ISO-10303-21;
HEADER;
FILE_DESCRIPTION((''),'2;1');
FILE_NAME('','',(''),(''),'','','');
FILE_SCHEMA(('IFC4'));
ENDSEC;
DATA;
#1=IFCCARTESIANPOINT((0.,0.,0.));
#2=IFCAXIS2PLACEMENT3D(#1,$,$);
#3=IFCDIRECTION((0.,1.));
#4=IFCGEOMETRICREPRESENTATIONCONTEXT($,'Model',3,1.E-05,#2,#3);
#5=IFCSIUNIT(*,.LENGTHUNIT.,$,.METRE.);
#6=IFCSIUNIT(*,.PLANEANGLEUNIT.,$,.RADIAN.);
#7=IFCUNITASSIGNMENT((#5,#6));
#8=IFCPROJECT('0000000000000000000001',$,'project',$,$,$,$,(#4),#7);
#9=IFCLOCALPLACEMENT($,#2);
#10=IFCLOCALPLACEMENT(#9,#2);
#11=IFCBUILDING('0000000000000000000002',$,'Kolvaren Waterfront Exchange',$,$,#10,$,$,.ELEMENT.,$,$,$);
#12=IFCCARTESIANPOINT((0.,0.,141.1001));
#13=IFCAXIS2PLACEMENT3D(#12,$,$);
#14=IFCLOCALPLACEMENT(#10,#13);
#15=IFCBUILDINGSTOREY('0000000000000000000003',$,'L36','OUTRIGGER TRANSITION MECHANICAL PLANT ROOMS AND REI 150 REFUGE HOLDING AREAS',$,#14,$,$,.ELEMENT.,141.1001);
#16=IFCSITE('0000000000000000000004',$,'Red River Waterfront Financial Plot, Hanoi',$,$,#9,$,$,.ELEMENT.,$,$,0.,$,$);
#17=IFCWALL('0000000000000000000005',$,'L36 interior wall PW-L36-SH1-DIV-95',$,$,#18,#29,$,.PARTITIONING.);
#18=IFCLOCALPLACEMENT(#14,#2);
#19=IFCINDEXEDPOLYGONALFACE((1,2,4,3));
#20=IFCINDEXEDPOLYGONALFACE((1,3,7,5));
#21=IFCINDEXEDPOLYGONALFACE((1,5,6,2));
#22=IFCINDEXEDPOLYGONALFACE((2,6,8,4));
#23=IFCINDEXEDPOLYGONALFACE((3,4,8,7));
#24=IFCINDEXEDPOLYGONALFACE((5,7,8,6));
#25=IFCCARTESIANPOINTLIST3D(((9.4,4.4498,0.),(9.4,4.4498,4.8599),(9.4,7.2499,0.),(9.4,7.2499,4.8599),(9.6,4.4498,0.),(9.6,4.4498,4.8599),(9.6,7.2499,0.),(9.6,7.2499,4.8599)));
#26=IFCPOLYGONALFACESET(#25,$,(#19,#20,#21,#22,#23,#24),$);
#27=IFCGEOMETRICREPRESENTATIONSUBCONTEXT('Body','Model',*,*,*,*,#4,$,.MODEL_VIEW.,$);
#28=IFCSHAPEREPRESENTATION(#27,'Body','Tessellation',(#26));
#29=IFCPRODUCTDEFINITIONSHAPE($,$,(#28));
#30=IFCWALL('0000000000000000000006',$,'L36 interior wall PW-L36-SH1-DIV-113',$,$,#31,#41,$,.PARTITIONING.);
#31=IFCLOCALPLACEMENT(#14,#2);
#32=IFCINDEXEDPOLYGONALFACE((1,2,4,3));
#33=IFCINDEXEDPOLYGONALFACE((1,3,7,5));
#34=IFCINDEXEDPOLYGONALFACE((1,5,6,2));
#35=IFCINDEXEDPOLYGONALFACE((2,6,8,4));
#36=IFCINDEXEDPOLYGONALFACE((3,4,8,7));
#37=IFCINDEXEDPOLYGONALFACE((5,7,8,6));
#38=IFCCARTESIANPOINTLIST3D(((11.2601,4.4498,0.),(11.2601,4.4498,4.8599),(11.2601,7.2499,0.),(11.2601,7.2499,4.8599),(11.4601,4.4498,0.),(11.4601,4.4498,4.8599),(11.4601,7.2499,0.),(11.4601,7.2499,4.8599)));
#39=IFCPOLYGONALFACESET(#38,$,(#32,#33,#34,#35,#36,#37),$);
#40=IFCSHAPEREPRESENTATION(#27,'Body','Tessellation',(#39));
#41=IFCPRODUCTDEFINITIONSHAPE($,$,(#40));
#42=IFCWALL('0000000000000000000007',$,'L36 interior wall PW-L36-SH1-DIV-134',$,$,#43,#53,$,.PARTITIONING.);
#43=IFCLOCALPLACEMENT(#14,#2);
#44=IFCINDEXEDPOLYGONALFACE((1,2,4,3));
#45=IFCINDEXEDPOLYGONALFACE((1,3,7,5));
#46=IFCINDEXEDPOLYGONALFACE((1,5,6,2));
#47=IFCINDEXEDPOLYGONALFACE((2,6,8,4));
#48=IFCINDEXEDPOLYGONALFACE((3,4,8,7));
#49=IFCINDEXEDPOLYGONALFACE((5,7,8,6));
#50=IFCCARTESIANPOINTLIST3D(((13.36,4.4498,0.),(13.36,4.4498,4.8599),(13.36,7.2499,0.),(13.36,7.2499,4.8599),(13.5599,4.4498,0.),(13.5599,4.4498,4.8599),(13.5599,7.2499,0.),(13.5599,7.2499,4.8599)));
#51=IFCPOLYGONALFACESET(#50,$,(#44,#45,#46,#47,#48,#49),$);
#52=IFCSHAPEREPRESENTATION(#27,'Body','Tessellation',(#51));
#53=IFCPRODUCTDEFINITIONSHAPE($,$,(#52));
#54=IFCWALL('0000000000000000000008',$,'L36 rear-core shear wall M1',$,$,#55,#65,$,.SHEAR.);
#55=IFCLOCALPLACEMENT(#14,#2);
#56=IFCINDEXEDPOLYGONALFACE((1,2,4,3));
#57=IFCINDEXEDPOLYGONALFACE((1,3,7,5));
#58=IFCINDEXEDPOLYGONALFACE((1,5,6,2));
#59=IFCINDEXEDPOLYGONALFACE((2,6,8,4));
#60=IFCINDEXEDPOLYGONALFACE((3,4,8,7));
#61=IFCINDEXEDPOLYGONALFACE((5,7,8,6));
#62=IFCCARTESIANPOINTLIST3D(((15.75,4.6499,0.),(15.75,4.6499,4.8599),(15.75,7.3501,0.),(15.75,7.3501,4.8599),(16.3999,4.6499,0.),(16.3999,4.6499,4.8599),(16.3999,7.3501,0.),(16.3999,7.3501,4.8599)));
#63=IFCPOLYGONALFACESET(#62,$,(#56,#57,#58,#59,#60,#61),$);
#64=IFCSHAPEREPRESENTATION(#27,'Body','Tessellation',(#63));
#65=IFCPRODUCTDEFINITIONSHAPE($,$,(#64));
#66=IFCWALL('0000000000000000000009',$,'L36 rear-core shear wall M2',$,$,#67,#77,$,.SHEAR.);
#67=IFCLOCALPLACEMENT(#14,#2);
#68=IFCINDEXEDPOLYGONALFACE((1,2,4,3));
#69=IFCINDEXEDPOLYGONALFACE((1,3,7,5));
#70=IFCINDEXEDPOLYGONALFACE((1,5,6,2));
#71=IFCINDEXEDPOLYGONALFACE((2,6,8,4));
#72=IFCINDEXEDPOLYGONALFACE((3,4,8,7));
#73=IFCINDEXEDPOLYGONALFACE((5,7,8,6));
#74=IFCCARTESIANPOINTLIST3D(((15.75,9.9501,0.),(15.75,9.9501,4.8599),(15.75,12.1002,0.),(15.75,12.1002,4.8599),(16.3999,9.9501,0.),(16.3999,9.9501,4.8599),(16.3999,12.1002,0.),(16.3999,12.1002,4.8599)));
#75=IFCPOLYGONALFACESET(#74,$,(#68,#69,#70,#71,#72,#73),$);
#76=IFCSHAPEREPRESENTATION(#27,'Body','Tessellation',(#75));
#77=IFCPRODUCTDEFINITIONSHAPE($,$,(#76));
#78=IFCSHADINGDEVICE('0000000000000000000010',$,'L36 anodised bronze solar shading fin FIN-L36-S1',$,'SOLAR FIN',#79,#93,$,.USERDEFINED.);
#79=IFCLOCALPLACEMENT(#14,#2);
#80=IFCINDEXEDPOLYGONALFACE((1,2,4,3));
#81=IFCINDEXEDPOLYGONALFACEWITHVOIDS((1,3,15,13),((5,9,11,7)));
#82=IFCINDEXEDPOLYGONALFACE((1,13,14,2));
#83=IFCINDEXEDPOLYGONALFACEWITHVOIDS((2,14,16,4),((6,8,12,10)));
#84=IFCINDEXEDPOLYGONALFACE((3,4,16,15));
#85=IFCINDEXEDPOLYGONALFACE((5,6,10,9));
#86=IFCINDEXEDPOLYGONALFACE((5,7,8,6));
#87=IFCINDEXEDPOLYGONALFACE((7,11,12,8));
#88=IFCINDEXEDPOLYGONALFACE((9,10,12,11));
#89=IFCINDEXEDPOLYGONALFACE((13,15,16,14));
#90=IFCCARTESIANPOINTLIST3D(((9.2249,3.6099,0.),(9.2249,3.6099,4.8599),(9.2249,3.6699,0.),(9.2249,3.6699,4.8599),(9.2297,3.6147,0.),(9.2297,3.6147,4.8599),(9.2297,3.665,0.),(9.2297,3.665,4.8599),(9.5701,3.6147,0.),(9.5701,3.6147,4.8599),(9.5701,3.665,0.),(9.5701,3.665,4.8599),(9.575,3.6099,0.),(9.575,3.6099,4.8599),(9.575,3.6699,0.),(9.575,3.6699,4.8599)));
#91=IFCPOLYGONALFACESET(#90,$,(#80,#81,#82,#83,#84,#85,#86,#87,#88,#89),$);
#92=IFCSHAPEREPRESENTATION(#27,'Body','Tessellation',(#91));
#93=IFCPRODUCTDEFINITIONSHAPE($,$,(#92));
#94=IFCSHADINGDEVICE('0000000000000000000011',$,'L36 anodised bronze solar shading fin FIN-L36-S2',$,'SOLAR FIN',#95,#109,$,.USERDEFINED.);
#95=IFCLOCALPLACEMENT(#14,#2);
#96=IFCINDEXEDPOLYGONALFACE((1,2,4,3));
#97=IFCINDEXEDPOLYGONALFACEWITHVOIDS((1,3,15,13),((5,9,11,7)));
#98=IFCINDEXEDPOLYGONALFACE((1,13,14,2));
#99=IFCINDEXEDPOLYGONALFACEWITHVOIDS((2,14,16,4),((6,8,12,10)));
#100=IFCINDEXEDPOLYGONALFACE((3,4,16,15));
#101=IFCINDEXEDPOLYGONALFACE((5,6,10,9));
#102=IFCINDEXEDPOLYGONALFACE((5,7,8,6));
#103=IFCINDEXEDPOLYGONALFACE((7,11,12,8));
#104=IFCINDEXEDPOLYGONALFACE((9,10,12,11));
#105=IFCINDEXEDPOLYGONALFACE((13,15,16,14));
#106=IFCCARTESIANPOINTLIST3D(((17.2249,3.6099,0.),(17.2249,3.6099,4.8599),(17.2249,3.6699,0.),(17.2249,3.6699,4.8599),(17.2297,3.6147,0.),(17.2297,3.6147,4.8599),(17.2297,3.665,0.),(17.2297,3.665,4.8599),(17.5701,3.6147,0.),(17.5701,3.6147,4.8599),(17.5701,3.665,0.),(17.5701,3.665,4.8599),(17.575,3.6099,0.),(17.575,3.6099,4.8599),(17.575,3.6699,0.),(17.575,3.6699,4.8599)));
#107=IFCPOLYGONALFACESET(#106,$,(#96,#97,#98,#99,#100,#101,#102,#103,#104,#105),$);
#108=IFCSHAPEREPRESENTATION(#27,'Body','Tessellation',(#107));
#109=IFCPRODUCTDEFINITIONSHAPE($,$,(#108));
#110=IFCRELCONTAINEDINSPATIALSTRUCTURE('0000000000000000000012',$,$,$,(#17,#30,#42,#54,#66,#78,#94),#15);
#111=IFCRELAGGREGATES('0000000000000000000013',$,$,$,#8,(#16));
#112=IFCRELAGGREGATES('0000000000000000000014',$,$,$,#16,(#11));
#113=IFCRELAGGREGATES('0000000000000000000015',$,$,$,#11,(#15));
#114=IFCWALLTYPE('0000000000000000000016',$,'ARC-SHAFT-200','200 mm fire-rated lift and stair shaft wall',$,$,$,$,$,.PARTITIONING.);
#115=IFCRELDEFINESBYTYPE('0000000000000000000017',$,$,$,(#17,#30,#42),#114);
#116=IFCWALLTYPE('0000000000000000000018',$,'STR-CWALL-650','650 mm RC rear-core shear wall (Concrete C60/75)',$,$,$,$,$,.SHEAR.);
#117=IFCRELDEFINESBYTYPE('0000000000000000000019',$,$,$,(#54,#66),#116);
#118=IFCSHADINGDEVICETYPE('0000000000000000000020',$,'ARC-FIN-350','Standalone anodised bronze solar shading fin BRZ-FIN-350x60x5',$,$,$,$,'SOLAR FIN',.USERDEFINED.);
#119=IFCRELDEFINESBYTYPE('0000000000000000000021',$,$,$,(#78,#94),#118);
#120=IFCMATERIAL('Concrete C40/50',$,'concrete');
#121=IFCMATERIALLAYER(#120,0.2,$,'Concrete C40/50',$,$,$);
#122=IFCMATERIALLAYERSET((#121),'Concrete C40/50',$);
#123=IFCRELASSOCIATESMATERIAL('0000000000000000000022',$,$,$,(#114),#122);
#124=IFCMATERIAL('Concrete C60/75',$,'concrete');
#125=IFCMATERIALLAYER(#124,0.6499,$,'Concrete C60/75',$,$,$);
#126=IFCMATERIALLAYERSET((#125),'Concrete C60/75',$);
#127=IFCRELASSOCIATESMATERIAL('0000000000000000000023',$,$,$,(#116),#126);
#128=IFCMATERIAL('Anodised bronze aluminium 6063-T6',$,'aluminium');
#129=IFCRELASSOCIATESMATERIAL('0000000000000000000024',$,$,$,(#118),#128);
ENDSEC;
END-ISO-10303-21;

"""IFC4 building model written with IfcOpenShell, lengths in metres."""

from ifc_helpers import new_model, si_unit, direction, frame, frame_2d, origin, origin_2d, place, context, subcontext, project, spatial, rectangle, hollow_rectangle, extrude, material, layer, layer_set, material_profile, profile_set, type_object, element, save


model = new_model("IFC4")

# Units and contexts
model_context = context("Model", 3, precision=1e-05, world=origin(), true_north=direction((0.0, 1.0)))
body_context = subcontext(model_context, "Body", "Model", "MODEL_VIEW")
ifc_project = project(units=[si_unit("LENGTHUNIT", "METRE"), si_unit("PLANEANGLEUNIT", "RADIAN")], contexts=[model_context])

# Site, building, storey
site_placement = place(None, origin())
site = spatial("IfcSite", under=ifc_project, at=site_placement, Name="Red River Waterfront Financial Plot, Hanoi", CompositionType="ELEMENT", RefElevation=0.0)
building_placement = place(site_placement, origin())
building = spatial("IfcBuilding", under=site, at=building_placement, Name="Kolvaren Waterfront Exchange", CompositionType="ELEMENT")
storey_placement = place(building_placement, frame((0.0, 0.0, 141.1001)))
storey = spatial("IfcBuildingStorey", under=building, at=storey_placement, Name="L36", Description="OUTRIGGER TRANSITION MECHANICAL PLANT ROOMS AND REI 150 REFUGE HOLDING AREAS", CompositionType="ELEMENT", Elevation=141.1001)

# Shared definitions
ifc_material_1 = material(Name="Concrete C60/75", Category="concrete")

# Shared definitions
ifc_material_2 = material(Name="Anodised bronze aluminium 6063-T6", Category="aluminium")

# Walls
ifc_material_3 = material(Name="Concrete C40/50", Category="concrete")
ifc_layer_1 = layer(ifc_material_3, 0.2, Name="Concrete C40/50")
ifc_layer_set_1 = layer_set([ifc_layer_1], Name="Concrete C40/50")
wall_type_1 = type_object("IfcWallType", Name="ARC-SHAFT-200", Description="200 mm fire-rated lift and stair shaft wall", PredefinedType="PARTITIONING", material=ifc_layer_set_1)
for number, where, z_axis, x_axis, name in (
    (1, (9.5, 4.45, 0.0), (0.0, 0.0, 1.0), (0.0, 1.0, 0.0), "L36 interior wall PW-L36-SH1-DIV-95"),
    (2, (11.3601, 4.45, 0.0), (0.0, 0.0, 1.0), (0.0, 1.0, 0.0), "L36 interior wall PW-L36-SH1-DIV-113"),
    (3, (13.46, 4.45, 0.0), (0.0, 0.0, 1.0), (0.0, 1.0, 0.0), "L36 interior wall PW-L36-SH1-DIV-134"),
):
    element("IfcWall", number, at=place(storey_placement, frame(where, z_axis=z_axis, x_axis=x_axis)), inside=storey, type_object=wall_type_1, Name=name, PredefinedType="PARTITIONING", context=body_context, shape_type="SweptSolid", body=[
        extrude(rectangle(XDim=2.8, YDim=0.2, at=frame_2d((1.3999, 0.0))), origin(), (0.0, 0.0, 1.0), 4.8599),
    ])
ifc_layer_2 = layer(ifc_material_1, 0.6499, Name="Concrete C60/75")
ifc_layer_set_2 = layer_set([ifc_layer_2], Name="Concrete C60/75")
wall_type_2 = type_object("IfcWallType", Name="STR-CWALL-650", Description="650 mm RC rear-core shear wall (Concrete C60/75)", PredefinedType="SHEAR", material=ifc_layer_set_2)
wall_1_placement = place(storey_placement, frame((16.075, 4.6499, 0.0), z_axis=(0.0, 0.0, 1.0), x_axis=(0.0, 1.0, 0.0)))
element("IfcWall", 4, at=wall_1_placement, inside=storey, type_object=wall_type_2, Name="L36 rear-core shear wall M1", PredefinedType="SHEAR", context=body_context, shape_type="SweptSolid", body=[
    extrude(rectangle(XDim=2.7002, YDim=0.6499, at=frame_2d((1.3501, 0.0))), origin(), (0.0, 0.0, 1.0), 4.8599),
])
wall_2_placement = place(storey_placement, frame((16.075, 9.95, 0.0), z_axis=(0.0, 0.0, 1.0), x_axis=(0.0, 1.0, 0.0)))
element("IfcWall", 5, at=wall_2_placement, inside=storey, type_object=wall_type_2, Name="L36 rear-core shear wall M2", PredefinedType="SHEAR", context=body_context, shape_type="SweptSolid", body=[
    extrude(rectangle(XDim=2.1501, YDim=0.6499, at=frame_2d((1.0752, 0.0))), origin(), (0.0, 0.0, 1.0), 4.8599),
])

# Shading devices
ifc_material_profile_1 = material_profile(ifc_material_2, hollow_rectangle(XDim=0.0601, YDim=0.3501, WallThickness=0.0049, at=origin_2d()), Name="BRZ-FIN-350x60x5")
ifc_profile_set_1 = profile_set([ifc_material_profile_1], Name="Anodised bronze aluminium 6063-T6")
shading_device_type_1 = type_object("IfcShadingDeviceType", Name="ARC-FIN-350", Description="Standalone anodised bronze solar shading fin BRZ-FIN-350x60x5", ElementType="SOLAR FIN", PredefinedType="USERDEFINED", material=ifc_profile_set_1)
for number, where, z_axis, x_axis, name in (
    (6, (9.3999, 3.6399, 0.0), (0.0, 0.0, 1.0), (0.0, -1.0, 0.0), "L36 anodised bronze solar shading fin FIN-L36-S1"),
    (7, (17.3999, 3.6399, 0.0), (0.0, 0.0, 1.0), (0.0, -1.0, 0.0), "L36 anodised bronze solar shading fin FIN-L36-S2"),
):
    element("IfcShadingDevice", number, at=place(storey_placement, frame(where, z_axis=z_axis, x_axis=x_axis)), inside=storey, type_object=shading_device_type_1, Name=name, ObjectType="SOLAR FIN", PredefinedType="USERDEFINED", context=body_context, shape_type="SweptSolid", body=[
        extrude(hollow_rectangle(XDim=0.0601, YDim=0.3501, WallThickness=0.0049, at=origin_2d()), origin(), (0.0, 0.0, 1.0), 4.8599),
    ])

save(model, "model.ifc")
